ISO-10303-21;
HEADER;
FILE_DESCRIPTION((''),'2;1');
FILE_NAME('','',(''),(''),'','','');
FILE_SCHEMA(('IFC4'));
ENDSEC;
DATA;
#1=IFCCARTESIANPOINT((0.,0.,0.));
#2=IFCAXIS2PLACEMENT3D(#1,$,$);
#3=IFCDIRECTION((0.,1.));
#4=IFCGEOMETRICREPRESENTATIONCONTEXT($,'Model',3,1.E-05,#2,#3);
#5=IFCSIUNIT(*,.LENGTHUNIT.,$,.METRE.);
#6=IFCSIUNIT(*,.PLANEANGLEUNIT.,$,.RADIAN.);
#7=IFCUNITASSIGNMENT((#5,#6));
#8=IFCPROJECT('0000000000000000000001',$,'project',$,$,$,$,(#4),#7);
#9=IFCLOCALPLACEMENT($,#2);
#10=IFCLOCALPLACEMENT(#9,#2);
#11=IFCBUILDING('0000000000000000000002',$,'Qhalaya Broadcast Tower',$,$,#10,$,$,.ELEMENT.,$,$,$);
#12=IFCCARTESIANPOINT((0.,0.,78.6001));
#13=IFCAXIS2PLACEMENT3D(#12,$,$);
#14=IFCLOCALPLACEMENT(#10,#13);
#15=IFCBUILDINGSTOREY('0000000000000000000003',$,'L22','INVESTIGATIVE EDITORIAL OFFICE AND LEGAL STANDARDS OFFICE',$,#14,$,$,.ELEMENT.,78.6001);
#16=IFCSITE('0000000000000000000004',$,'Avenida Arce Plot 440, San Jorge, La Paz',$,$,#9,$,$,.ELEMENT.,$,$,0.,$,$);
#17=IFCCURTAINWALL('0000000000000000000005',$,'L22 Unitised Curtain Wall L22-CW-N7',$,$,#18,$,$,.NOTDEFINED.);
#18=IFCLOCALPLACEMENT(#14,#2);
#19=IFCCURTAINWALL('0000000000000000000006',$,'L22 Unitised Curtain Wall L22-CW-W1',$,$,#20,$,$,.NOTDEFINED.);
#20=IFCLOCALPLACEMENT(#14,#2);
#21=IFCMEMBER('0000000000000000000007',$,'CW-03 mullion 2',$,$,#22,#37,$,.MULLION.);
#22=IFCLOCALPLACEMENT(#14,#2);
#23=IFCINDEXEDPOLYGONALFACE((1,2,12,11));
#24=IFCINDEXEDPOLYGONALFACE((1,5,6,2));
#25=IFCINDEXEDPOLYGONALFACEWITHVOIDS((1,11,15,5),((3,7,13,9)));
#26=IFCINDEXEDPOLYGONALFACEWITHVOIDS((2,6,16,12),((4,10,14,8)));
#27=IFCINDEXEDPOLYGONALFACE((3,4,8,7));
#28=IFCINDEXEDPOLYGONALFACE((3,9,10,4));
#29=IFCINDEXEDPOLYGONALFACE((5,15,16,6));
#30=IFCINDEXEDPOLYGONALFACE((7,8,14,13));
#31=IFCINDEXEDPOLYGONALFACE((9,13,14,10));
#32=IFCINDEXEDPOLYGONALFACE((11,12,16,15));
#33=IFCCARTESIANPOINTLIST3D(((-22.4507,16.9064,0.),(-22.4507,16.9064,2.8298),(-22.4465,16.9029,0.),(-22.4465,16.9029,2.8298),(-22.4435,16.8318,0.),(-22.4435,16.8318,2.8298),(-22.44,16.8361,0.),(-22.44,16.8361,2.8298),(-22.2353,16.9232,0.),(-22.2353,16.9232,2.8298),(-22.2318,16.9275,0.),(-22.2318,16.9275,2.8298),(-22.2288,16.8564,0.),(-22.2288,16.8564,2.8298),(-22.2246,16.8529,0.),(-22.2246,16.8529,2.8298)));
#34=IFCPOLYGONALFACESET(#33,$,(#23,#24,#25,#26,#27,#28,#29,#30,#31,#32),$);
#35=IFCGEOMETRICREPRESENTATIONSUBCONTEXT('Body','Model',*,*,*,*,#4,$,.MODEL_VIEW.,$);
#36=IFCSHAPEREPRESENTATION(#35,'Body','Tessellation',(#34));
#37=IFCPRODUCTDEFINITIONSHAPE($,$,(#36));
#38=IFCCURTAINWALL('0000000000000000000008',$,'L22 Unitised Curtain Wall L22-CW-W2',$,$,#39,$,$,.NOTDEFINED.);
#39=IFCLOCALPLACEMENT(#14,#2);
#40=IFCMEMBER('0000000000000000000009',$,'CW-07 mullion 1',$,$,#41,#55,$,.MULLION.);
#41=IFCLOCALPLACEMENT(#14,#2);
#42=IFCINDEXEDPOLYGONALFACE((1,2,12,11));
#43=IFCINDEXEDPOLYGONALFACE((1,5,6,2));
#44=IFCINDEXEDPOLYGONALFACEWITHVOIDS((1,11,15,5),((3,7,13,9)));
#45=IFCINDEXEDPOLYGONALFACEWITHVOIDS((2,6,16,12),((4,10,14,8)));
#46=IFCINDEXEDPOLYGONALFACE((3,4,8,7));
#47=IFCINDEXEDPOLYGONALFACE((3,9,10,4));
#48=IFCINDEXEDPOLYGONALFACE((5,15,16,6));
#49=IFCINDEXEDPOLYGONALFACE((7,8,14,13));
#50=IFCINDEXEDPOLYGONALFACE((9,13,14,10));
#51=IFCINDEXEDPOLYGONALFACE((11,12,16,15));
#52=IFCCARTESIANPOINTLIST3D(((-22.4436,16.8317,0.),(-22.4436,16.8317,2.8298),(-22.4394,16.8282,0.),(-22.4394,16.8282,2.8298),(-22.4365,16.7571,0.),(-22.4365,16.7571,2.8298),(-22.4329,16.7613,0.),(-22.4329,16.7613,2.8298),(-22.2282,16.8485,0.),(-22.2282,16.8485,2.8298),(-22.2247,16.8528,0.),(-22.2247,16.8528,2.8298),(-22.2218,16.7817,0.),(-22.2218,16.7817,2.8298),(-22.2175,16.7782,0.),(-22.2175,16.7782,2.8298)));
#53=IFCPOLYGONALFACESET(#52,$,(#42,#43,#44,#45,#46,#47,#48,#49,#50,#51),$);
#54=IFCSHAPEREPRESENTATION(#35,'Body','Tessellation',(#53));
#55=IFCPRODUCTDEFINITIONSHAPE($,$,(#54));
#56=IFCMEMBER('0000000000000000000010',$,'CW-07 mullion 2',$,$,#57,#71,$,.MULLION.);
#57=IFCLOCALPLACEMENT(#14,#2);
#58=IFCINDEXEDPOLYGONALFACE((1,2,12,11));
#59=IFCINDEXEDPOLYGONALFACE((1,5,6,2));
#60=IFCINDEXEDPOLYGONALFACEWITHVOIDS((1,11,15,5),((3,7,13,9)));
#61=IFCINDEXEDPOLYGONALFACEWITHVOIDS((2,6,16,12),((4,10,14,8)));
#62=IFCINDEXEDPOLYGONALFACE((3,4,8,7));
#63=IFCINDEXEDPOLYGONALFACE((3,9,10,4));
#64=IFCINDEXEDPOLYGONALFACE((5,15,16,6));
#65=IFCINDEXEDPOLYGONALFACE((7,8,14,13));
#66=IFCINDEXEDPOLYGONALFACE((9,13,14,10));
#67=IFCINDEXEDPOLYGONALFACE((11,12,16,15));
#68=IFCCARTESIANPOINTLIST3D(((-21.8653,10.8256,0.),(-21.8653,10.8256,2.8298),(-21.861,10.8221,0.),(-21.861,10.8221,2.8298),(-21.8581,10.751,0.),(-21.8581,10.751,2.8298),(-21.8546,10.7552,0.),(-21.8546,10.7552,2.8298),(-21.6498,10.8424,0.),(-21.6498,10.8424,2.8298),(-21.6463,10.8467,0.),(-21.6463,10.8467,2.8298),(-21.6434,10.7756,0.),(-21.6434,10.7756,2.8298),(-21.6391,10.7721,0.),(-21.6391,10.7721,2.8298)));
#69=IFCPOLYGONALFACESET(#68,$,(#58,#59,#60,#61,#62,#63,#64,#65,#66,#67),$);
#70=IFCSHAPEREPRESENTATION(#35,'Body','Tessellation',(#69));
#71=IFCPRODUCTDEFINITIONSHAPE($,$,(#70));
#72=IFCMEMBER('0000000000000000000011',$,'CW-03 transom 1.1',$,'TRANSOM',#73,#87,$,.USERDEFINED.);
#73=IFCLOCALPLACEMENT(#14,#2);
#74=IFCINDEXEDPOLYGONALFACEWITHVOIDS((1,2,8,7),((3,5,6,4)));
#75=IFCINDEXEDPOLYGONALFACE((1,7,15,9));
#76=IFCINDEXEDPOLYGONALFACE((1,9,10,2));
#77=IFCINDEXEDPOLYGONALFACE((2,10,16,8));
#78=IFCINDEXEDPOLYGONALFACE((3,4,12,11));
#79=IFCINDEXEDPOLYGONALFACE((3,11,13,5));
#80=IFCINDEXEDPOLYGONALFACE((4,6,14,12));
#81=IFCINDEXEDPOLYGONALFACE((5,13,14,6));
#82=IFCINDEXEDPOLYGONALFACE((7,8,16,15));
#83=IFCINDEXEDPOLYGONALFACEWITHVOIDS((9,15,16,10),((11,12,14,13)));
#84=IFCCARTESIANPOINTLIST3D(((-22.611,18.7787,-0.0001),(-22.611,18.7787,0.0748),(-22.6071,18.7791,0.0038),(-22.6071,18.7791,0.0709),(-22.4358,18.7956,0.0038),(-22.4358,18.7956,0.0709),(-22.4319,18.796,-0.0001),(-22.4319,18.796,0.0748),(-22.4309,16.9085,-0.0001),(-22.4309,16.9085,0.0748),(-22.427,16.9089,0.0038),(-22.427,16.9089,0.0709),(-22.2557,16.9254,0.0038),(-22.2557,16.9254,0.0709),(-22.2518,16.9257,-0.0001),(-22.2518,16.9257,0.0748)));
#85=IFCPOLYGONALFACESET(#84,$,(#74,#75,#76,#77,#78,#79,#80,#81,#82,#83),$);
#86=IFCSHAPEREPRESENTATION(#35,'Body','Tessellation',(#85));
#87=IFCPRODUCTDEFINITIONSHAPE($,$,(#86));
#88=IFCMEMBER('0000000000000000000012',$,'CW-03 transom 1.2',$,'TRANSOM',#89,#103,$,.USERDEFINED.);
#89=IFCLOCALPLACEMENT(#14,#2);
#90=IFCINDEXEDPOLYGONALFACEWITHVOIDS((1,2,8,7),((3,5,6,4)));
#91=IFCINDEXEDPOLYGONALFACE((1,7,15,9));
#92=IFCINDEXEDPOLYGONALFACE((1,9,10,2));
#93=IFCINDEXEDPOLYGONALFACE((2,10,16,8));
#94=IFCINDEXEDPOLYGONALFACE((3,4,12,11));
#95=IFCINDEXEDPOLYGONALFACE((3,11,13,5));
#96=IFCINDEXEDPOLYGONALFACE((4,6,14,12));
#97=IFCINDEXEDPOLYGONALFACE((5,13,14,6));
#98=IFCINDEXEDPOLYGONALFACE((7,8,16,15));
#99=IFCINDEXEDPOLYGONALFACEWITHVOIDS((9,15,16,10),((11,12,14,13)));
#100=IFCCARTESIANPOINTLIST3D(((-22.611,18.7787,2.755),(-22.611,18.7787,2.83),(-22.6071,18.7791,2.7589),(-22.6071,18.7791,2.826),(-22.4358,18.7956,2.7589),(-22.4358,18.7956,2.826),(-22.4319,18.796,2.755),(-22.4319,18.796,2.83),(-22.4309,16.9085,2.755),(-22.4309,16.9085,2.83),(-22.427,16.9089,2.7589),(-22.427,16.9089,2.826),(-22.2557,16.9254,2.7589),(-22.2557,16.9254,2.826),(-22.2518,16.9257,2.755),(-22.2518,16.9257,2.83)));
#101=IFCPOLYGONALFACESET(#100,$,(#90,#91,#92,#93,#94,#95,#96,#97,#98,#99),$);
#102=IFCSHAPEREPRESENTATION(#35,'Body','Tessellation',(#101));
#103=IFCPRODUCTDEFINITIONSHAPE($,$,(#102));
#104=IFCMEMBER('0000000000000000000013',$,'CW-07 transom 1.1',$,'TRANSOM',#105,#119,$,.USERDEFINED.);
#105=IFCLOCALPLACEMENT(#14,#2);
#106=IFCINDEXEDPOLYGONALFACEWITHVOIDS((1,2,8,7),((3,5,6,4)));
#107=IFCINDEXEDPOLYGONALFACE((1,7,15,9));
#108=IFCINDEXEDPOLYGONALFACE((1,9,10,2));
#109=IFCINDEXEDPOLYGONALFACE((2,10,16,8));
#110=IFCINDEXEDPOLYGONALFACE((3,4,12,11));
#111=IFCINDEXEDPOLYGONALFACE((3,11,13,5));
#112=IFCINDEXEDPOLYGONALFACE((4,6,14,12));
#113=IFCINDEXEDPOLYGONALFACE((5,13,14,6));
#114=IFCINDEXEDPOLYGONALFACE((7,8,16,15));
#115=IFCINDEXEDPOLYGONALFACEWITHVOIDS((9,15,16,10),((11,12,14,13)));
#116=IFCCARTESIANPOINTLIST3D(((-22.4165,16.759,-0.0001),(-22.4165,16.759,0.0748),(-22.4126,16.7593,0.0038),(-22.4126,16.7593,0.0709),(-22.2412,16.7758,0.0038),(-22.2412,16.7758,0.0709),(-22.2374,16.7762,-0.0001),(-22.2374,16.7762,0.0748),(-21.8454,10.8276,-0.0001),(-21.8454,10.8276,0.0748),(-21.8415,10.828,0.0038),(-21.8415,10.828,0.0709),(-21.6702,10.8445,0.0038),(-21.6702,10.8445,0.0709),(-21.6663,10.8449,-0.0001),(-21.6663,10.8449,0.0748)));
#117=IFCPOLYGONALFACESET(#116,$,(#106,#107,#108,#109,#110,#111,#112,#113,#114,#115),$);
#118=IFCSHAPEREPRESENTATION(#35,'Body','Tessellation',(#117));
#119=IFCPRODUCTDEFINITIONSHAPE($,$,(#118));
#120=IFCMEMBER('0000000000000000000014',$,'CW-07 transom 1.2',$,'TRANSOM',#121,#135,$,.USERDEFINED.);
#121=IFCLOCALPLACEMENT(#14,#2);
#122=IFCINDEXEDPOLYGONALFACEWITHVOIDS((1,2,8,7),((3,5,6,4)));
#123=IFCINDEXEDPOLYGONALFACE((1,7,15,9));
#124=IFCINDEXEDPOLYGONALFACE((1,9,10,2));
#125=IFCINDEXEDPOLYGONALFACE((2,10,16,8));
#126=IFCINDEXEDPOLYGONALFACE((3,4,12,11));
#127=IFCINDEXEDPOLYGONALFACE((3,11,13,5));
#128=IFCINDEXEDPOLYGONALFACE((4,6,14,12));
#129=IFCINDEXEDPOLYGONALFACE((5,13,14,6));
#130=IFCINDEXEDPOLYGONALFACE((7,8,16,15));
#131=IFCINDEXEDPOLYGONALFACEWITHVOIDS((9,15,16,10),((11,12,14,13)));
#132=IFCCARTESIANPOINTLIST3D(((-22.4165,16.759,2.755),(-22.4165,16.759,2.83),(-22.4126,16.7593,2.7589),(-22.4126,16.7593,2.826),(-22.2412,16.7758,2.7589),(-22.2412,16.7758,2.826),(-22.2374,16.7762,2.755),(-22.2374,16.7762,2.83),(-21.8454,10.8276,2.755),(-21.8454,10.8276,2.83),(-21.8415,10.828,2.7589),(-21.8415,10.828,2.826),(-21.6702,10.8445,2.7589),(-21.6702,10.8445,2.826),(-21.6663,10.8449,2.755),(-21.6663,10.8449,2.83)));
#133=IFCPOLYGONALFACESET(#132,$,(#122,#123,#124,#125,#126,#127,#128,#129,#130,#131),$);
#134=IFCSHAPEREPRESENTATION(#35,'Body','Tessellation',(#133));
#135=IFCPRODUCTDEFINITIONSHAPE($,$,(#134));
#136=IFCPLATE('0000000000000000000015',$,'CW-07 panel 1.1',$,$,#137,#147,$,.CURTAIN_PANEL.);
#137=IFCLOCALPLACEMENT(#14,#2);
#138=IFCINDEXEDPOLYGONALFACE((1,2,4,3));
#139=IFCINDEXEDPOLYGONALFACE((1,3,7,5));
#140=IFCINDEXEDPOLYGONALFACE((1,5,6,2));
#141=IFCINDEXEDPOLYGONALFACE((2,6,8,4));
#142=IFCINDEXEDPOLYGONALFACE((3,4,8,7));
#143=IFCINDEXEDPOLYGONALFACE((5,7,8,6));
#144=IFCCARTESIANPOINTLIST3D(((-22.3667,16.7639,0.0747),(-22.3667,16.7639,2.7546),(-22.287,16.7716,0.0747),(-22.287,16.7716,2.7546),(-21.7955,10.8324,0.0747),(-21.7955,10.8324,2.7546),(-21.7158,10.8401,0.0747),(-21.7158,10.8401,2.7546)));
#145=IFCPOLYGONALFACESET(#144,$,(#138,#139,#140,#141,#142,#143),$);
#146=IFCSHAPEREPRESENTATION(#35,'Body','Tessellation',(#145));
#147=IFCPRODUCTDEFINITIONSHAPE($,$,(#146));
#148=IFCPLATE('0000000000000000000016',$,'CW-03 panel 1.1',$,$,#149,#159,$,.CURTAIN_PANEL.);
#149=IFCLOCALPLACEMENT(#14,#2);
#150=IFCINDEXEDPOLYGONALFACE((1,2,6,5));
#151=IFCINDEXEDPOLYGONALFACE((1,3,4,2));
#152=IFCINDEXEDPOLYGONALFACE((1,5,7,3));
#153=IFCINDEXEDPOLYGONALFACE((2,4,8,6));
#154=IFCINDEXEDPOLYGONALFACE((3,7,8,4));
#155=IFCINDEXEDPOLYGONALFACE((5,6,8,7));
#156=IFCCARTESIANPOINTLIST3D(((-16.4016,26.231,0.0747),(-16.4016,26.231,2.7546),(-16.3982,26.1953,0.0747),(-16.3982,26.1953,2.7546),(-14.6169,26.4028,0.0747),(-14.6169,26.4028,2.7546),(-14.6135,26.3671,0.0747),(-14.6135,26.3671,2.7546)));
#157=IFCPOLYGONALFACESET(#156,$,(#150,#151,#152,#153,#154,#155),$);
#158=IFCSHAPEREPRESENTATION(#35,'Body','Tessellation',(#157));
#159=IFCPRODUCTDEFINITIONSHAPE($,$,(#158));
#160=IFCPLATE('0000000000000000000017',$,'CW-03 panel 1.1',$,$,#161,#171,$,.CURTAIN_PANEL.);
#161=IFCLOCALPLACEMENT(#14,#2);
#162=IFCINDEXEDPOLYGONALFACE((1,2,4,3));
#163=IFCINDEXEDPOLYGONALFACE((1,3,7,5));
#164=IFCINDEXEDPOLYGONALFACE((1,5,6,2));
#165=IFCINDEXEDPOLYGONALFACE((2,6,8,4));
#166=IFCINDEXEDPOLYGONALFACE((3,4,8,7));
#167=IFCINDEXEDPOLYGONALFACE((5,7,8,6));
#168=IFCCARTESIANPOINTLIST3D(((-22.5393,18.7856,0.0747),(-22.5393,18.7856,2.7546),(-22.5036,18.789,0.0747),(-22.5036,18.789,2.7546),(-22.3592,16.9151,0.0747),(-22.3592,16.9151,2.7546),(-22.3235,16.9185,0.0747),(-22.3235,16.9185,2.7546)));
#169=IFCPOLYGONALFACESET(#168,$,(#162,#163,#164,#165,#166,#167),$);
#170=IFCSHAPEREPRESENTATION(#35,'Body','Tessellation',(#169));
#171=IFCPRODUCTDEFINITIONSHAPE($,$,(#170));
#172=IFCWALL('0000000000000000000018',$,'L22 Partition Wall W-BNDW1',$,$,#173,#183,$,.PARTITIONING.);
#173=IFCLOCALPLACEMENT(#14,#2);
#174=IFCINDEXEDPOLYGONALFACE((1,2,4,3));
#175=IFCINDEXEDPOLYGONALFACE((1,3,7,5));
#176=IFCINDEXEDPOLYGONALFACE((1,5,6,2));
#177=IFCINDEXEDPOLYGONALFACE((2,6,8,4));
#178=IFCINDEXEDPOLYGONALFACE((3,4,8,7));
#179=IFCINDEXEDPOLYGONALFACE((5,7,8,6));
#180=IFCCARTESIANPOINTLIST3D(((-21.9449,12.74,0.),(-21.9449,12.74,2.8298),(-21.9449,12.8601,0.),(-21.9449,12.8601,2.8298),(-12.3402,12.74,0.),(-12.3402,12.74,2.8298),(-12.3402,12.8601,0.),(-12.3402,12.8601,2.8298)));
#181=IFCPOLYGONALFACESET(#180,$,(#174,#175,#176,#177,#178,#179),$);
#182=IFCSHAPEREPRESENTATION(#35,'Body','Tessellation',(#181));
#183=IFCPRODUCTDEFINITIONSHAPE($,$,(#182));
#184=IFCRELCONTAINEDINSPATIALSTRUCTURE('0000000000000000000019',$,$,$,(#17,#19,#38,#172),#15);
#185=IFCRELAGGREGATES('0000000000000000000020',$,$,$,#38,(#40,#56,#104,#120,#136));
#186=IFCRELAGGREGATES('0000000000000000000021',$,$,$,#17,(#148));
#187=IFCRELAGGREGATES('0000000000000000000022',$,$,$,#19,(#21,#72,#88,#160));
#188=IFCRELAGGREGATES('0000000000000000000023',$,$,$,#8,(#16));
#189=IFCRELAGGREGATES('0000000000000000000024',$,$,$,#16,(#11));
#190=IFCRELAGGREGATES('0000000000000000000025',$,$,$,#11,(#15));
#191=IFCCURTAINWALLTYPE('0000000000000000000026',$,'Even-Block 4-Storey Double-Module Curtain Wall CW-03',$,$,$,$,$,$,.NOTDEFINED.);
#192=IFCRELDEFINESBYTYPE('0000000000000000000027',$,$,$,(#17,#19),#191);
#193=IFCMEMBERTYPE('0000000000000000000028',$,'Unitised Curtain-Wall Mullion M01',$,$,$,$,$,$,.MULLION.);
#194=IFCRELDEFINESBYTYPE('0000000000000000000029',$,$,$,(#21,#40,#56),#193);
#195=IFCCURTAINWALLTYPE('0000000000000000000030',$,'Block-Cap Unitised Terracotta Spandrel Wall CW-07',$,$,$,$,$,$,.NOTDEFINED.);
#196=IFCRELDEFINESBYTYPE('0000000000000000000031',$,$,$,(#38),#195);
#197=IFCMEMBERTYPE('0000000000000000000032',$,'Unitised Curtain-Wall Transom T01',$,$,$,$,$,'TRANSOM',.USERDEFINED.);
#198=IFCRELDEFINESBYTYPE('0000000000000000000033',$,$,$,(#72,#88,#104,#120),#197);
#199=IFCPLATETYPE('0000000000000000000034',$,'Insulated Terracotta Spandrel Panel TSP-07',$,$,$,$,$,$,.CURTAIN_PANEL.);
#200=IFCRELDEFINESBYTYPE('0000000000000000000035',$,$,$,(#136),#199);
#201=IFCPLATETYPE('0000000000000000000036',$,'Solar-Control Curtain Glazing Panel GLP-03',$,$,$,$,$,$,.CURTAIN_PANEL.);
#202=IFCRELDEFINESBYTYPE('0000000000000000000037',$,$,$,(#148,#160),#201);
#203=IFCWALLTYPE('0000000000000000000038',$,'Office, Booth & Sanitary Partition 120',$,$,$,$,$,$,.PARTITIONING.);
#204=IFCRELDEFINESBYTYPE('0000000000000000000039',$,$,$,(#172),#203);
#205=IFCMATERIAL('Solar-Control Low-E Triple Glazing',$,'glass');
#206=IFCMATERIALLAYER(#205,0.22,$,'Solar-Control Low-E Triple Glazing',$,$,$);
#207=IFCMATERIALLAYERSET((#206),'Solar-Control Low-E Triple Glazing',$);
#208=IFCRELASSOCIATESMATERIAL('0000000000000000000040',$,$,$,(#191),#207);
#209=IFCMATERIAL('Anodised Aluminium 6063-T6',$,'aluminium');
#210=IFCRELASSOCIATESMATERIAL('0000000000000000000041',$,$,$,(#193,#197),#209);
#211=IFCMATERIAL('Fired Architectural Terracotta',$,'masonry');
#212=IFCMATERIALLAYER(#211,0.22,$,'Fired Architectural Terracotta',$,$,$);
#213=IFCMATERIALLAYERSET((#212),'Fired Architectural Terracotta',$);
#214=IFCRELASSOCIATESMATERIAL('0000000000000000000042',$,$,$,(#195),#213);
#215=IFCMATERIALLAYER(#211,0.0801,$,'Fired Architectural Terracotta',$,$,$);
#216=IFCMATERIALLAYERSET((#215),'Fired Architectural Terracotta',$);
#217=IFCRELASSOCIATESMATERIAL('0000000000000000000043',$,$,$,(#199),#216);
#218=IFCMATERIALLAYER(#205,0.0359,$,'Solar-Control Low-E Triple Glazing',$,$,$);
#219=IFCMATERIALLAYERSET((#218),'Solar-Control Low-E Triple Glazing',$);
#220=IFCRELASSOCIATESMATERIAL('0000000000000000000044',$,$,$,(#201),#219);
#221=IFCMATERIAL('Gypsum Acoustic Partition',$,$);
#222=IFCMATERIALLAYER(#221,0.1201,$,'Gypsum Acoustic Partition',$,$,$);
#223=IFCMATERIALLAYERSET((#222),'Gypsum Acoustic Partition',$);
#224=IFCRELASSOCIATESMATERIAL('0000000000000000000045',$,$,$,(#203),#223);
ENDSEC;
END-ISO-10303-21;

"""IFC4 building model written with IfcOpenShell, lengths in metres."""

from ifc_helpers import new_model, si_unit, direction, frame, frame_2d, origin, origin_2d, place, context, subcontext, project, spatial, rectangle, hollow_rectangle, extrude, material, layer, layer_set, material_profile, profile_set, type_object, element, aggregate, save


model = new_model("IFC4")

# Units and contexts
model_context = context("Model", 3, precision=1e-05, world=origin(), true_north=direction((0.0, 1.0)))
body_context = subcontext(model_context, "Body", "Model", "MODEL_VIEW")
ifc_project = project(units=[si_unit("LENGTHUNIT", "METRE"), si_unit("PLANEANGLEUNIT", "RADIAN")], contexts=[model_context])

# Site, building, storey
site_placement = place(None, origin())
site = spatial("IfcSite", under=ifc_project, at=site_placement, Name="Avenida Arce Plot 440, San Jorge, La Paz", CompositionType="ELEMENT", RefElevation=0.0)
building_placement = place(site_placement, origin())
building = spatial("IfcBuilding", under=site, at=building_placement, Name="Qhalaya Broadcast Tower", CompositionType="ELEMENT")
storey_placement = place(building_placement, frame((0.0, 0.0, 78.6001)))
storey = spatial("IfcBuildingStorey", under=building, at=storey_placement, Name="L22", Description="INVESTIGATIVE EDITORIAL OFFICE AND LEGAL STANDARDS OFFICE", CompositionType="ELEMENT", Elevation=78.6001)

# Shared definitions
ifc_material_1 = material(Name="Fired Architectural Terracotta", Category="masonry")

# Curtain wall
ifc_material_2 = material(Name="Solar-Control Low-E Triple Glazing", Category="glass")
ifc_layer_1 = layer(ifc_material_2, 0.22, Name="Solar-Control Low-E Triple Glazing")
ifc_layer_set_1 = layer_set([ifc_layer_1], Name="Solar-Control Low-E Triple Glazing")
curtain_wall_type_1 = type_object("IfcCurtainWallType", Name="Even-Block 4-Storey Double-Module Curtain Wall CW-03", PredefinedType="NOTDEFINED", material=ifc_layer_set_1)
curtain_wall_1_placement = place(storey_placement, origin())
curtain_wall_1 = element("IfcCurtainWall", 1, at=curtain_wall_1_placement, inside=storey, type_object=curtain_wall_type_1, Name="L22 Unitised Curtain Wall L22-CW-N7", PredefinedType="NOTDEFINED")
ifc_material_3 = material(Name="Anodised Aluminium 6063-T6", Category="aluminium")
ifc_material_profile_1 = material_profile(ifc_material_3, hollow_rectangle(XDim=0.075, YDim=0.22, WallThickness=0.0039, at=origin_2d()), Name="ALU-MUL 75x220x4")
ifc_profile_set_1 = profile_set([ifc_material_profile_1], Name="Anodised Aluminium 6063-T6")
member_type_1 = type_object("IfcMemberType", Name="Unitised Curtain-Wall Mullion M01", PredefinedType="MULLION", material=ifc_profile_set_1)

# Curtain walls, members
curtain_wall_2_placement = place(storey_placement, origin())
curtain_wall_2 = element("IfcCurtainWall", 2, at=curtain_wall_2_placement, inside=storey, type_object=curtain_wall_type_1, Name="L22 Unitised Curtain Wall L22-CW-W1", PredefinedType="NOTDEFINED")
member_1_placement = place(storey_placement, frame((-22.3376, 16.8796, 0.0), z_axis=(0.0, 0.0, 1.0), x_axis=(0.095858, -0.995395, 0.0)))
member_1 = element("IfcMember", 3, at=member_1_placement, type_object=member_type_1, Name="CW-03 mullion 2", PredefinedType="MULLION", context=body_context, shape_type="SweptSolid", body=[
    extrude(hollow_rectangle(XDim=0.075, YDim=0.22, WallThickness=0.0039, at=origin_2d()), origin(), (0.0, 0.0, 1.0), 2.8298),
])
ifc_layer_2 = layer(ifc_material_1, 0.22, Name="Fired Architectural Terracotta")
ifc_layer_set_2 = layer_set([ifc_layer_2], Name="Fired Architectural Terracotta")
curtain_wall_type_2 = type_object("IfcCurtainWallType", Name="Block-Cap Unitised Terracotta Spandrel Wall CW-07", PredefinedType="NOTDEFINED", material=ifc_layer_set_2)
curtain_wall_3_placement = place(storey_placement, origin())
curtain_wall_3 = element("IfcCurtainWall", 4, at=curtain_wall_3_placement, inside=storey, type_object=curtain_wall_type_2, Name="L22 Unitised Curtain Wall L22-CW-W2", PredefinedType="NOTDEFINED")
member_2_placement = place(storey_placement, frame((-22.3306, 16.8049, 0.0), z_axis=(0.0, 0.0, 1.0), x_axis=(0.095843, -0.995396, 0.0)))
member_2 = element("IfcMember", 5, at=member_2_placement, type_object=member_type_1, Name="CW-07 mullion 1", PredefinedType="MULLION", context=body_context, shape_type="SweptSolid", body=[
    extrude(hollow_rectangle(XDim=0.075, YDim=0.22, WallThickness=0.0039, at=origin_2d()), origin(), (0.0, 0.0, 1.0), 2.8298),
])
member_3_placement = place(storey_placement, frame((-21.7522, 10.7988, 0.0), z_axis=(0.0, 0.0, 1.0), x_axis=(0.095843, -0.995396, 0.0)))
member_3 = element("IfcMember", 6, at=member_3_placement, type_object=member_type_1, Name="CW-07 mullion 2", PredefinedType="MULLION", context=body_context, shape_type="SweptSolid", body=[
    extrude(hollow_rectangle(XDim=0.075, YDim=0.22, WallThickness=0.0039, at=origin_2d()), origin(), (0.0, 0.0, 1.0), 2.8298),
])

# Members
ifc_material_profile_2 = material_profile(ifc_material_3, hollow_rectangle(XDim=0.075, YDim=0.1799, WallThickness=0.0039, at=origin_2d()), Name="ALU-TRN 75x180x4")
ifc_profile_set_2 = profile_set([ifc_material_profile_2], Name="Anodised Aluminium 6063-T6")
member_type_2 = type_object("IfcMemberType", Name="Unitised Curtain-Wall Transom T01", ElementType="TRANSOM", PredefinedType="USERDEFINED", material=ifc_profile_set_2)
member_4_placement = place(storey_placement, frame((-22.5215, 18.7874, 0.0374), z_axis=(0.095888, -0.995392, 0.0), x_axis=(0.0, 0.0, 1.0)))
member_4 = element("IfcMember", 7, at=member_4_placement, type_object=member_type_2, Name="CW-03 transom 1.1", ObjectType="TRANSOM", PredefinedType="USERDEFINED", context=body_context, shape_type="SweptSolid", body=[
    extrude(hollow_rectangle(XDim=0.075, YDim=0.1799, WallThickness=0.0039, at=origin_2d()), origin(), (0.0, 0.0, 1.0), 1.8789),
])
member_5_placement = place(storey_placement, frame((-22.5215, 18.7874, 2.7925), z_axis=(0.095888, -0.995392, 0.0), x_axis=(0.0, 0.0, 1.0)))
member_5 = element("IfcMember", 8, at=member_5_placement, type_object=member_type_2, Name="CW-03 transom 1.2", ObjectType="TRANSOM", PredefinedType="USERDEFINED", context=body_context, shape_type="SweptSolid", body=[
    extrude(hollow_rectangle(XDim=0.075, YDim=0.1799, WallThickness=0.0039, at=origin_2d()), origin(), (0.0, 0.0, 1.0), 1.8789),
])
member_6_placement = place(storey_placement, frame((-22.3269, 16.7676, 0.0374), z_axis=(0.095832, -0.995398, 0.0), x_axis=(0.0, 0.0, 1.0)))
member_6 = element("IfcMember", 9, at=member_6_placement, type_object=member_type_2, Name="CW-07 transom 1.1", ObjectType="TRANSOM", PredefinedType="USERDEFINED", context=body_context, shape_type="SweptSolid", body=[
    extrude(hollow_rectangle(XDim=0.075, YDim=0.1799, WallThickness=0.0039, at=origin_2d()), origin(), (0.0, 0.0, 1.0), 5.9587),
])
member_7_placement = place(storey_placement, frame((-22.3269, 16.7676, 2.7925), z_axis=(0.095832, -0.995398, 0.0), x_axis=(0.0, 0.0, 1.0)))
member_7 = element("IfcMember", 10, at=member_7_placement, type_object=member_type_2, Name="CW-07 transom 1.2", ObjectType="TRANSOM", PredefinedType="USERDEFINED", context=body_context, shape_type="SweptSolid", body=[
    extrude(hollow_rectangle(XDim=0.075, YDim=0.1799, WallThickness=0.0039, at=origin_2d()), origin(), (0.0, 0.0, 1.0), 5.9587),
])

# Plates
ifc_layer_3 = layer(ifc_material_1, 0.0801, Name="Fired Architectural Terracotta")
ifc_layer_set_3 = layer_set([ifc_layer_3], Name="Fired Architectural Terracotta")
plate_type_1 = type_object("IfcPlateType", Name="Insulated Terracotta Spandrel Panel TSP-07", PredefinedType="CURTAIN_PANEL", material=ifc_layer_set_3)
plate_1_placement = place(storey_placement, frame((-22.0413, 13.802, 0.0747), z_axis=(0.0, 0.0, 1.0), x_axis=(0.095843, -0.995396, 0.0)))
plate_1 = element("IfcPlate", 11, at=plate_1_placement, type_object=plate_type_1, Name="CW-07 panel 1.1", PredefinedType="CURTAIN_PANEL", context=body_context, shape_type="SweptSolid", body=[
    extrude(rectangle(XDim=5.959, YDim=0.0801, at=origin_2d()), origin(), (0.0, 0.0, 1.0), 2.6799),
])
aggregate(curtain_wall_3, [member_2, member_3, member_6, member_7, plate_1])
ifc_layer_4 = layer(ifc_material_2, 0.0359, Name="Solar-Control Low-E Triple Glazing")
ifc_layer_set_4 = layer_set([ifc_layer_4], Name="Solar-Control Low-E Triple Glazing")
plate_type_2 = type_object("IfcPlateType", Name="Solar-Control Curtain Glazing Panel GLP-03", PredefinedType="CURTAIN_PANEL", material=ifc_layer_set_4)
plate_2_placement = place(storey_placement, frame((-15.5076, 26.2991, 0.0747), z_axis=(0.0, 0.0, 1.0), x_axis=(-0.995398, -0.095829, 0.0)))
plate_2 = element("IfcPlate", 12, at=plate_2_placement, type_object=plate_type_2, Name="CW-03 panel 1.1", PredefinedType="CURTAIN_PANEL", context=body_context, shape_type="SweptSolid", body=[
    extrude(rectangle(XDim=1.793, YDim=0.0359, at=origin_2d()), origin(), (0.0, 0.0, 1.0), 2.6799),
])
aggregate(curtain_wall_1, [plate_2])
plate_3_placement = place(storey_placement, frame((-22.4314, 17.8521, 0.0747), z_axis=(0.0, 0.0, 1.0), x_axis=(0.095858, -0.995395, 0.0)))
plate_3 = element("IfcPlate", 13, at=plate_3_placement, type_object=plate_type_2, Name="CW-03 panel 1.1", PredefinedType="CURTAIN_PANEL", context=body_context, shape_type="SweptSolid", body=[
    extrude(rectangle(XDim=1.8792, YDim=0.0359, at=origin_2d()), origin(), (0.0, 0.0, 1.0), 2.6799),
])
aggregate(curtain_wall_2, [member_1, member_4, member_5, plate_3])

# Wall
ifc_material_4 = material(Name="Gypsum Acoustic Partition")
ifc_layer_5 = layer(ifc_material_4, 0.1201, Name="Gypsum Acoustic Partition")
ifc_layer_set_5 = layer_set([ifc_layer_5], Name="Gypsum Acoustic Partition")
wall_type = type_object("IfcWallType", Name="Office, Booth & Sanitary Partition 120", PredefinedType="PARTITIONING", material=ifc_layer_set_5)
wall_placement = place(storey_placement, frame((-21.9448, 12.8, 0.0), z_axis=(0.0, 0.0, 1.0), x_axis=(1.0, 0.0, 0.0)))
element("IfcWall", 14, at=wall_placement, inside=storey, type_object=wall_type, Name="L22 Partition Wall W-BNDW1", PredefinedType="PARTITIONING", context=body_context, shape_type="SweptSolid", body=[
    extrude(rectangle(XDim=9.6047, YDim=0.1201, at=frame_2d((4.8022, 0.0))), origin(), (0.0, 0.0, 1.0), 2.8298),
])

save(model, "model.ifc")
